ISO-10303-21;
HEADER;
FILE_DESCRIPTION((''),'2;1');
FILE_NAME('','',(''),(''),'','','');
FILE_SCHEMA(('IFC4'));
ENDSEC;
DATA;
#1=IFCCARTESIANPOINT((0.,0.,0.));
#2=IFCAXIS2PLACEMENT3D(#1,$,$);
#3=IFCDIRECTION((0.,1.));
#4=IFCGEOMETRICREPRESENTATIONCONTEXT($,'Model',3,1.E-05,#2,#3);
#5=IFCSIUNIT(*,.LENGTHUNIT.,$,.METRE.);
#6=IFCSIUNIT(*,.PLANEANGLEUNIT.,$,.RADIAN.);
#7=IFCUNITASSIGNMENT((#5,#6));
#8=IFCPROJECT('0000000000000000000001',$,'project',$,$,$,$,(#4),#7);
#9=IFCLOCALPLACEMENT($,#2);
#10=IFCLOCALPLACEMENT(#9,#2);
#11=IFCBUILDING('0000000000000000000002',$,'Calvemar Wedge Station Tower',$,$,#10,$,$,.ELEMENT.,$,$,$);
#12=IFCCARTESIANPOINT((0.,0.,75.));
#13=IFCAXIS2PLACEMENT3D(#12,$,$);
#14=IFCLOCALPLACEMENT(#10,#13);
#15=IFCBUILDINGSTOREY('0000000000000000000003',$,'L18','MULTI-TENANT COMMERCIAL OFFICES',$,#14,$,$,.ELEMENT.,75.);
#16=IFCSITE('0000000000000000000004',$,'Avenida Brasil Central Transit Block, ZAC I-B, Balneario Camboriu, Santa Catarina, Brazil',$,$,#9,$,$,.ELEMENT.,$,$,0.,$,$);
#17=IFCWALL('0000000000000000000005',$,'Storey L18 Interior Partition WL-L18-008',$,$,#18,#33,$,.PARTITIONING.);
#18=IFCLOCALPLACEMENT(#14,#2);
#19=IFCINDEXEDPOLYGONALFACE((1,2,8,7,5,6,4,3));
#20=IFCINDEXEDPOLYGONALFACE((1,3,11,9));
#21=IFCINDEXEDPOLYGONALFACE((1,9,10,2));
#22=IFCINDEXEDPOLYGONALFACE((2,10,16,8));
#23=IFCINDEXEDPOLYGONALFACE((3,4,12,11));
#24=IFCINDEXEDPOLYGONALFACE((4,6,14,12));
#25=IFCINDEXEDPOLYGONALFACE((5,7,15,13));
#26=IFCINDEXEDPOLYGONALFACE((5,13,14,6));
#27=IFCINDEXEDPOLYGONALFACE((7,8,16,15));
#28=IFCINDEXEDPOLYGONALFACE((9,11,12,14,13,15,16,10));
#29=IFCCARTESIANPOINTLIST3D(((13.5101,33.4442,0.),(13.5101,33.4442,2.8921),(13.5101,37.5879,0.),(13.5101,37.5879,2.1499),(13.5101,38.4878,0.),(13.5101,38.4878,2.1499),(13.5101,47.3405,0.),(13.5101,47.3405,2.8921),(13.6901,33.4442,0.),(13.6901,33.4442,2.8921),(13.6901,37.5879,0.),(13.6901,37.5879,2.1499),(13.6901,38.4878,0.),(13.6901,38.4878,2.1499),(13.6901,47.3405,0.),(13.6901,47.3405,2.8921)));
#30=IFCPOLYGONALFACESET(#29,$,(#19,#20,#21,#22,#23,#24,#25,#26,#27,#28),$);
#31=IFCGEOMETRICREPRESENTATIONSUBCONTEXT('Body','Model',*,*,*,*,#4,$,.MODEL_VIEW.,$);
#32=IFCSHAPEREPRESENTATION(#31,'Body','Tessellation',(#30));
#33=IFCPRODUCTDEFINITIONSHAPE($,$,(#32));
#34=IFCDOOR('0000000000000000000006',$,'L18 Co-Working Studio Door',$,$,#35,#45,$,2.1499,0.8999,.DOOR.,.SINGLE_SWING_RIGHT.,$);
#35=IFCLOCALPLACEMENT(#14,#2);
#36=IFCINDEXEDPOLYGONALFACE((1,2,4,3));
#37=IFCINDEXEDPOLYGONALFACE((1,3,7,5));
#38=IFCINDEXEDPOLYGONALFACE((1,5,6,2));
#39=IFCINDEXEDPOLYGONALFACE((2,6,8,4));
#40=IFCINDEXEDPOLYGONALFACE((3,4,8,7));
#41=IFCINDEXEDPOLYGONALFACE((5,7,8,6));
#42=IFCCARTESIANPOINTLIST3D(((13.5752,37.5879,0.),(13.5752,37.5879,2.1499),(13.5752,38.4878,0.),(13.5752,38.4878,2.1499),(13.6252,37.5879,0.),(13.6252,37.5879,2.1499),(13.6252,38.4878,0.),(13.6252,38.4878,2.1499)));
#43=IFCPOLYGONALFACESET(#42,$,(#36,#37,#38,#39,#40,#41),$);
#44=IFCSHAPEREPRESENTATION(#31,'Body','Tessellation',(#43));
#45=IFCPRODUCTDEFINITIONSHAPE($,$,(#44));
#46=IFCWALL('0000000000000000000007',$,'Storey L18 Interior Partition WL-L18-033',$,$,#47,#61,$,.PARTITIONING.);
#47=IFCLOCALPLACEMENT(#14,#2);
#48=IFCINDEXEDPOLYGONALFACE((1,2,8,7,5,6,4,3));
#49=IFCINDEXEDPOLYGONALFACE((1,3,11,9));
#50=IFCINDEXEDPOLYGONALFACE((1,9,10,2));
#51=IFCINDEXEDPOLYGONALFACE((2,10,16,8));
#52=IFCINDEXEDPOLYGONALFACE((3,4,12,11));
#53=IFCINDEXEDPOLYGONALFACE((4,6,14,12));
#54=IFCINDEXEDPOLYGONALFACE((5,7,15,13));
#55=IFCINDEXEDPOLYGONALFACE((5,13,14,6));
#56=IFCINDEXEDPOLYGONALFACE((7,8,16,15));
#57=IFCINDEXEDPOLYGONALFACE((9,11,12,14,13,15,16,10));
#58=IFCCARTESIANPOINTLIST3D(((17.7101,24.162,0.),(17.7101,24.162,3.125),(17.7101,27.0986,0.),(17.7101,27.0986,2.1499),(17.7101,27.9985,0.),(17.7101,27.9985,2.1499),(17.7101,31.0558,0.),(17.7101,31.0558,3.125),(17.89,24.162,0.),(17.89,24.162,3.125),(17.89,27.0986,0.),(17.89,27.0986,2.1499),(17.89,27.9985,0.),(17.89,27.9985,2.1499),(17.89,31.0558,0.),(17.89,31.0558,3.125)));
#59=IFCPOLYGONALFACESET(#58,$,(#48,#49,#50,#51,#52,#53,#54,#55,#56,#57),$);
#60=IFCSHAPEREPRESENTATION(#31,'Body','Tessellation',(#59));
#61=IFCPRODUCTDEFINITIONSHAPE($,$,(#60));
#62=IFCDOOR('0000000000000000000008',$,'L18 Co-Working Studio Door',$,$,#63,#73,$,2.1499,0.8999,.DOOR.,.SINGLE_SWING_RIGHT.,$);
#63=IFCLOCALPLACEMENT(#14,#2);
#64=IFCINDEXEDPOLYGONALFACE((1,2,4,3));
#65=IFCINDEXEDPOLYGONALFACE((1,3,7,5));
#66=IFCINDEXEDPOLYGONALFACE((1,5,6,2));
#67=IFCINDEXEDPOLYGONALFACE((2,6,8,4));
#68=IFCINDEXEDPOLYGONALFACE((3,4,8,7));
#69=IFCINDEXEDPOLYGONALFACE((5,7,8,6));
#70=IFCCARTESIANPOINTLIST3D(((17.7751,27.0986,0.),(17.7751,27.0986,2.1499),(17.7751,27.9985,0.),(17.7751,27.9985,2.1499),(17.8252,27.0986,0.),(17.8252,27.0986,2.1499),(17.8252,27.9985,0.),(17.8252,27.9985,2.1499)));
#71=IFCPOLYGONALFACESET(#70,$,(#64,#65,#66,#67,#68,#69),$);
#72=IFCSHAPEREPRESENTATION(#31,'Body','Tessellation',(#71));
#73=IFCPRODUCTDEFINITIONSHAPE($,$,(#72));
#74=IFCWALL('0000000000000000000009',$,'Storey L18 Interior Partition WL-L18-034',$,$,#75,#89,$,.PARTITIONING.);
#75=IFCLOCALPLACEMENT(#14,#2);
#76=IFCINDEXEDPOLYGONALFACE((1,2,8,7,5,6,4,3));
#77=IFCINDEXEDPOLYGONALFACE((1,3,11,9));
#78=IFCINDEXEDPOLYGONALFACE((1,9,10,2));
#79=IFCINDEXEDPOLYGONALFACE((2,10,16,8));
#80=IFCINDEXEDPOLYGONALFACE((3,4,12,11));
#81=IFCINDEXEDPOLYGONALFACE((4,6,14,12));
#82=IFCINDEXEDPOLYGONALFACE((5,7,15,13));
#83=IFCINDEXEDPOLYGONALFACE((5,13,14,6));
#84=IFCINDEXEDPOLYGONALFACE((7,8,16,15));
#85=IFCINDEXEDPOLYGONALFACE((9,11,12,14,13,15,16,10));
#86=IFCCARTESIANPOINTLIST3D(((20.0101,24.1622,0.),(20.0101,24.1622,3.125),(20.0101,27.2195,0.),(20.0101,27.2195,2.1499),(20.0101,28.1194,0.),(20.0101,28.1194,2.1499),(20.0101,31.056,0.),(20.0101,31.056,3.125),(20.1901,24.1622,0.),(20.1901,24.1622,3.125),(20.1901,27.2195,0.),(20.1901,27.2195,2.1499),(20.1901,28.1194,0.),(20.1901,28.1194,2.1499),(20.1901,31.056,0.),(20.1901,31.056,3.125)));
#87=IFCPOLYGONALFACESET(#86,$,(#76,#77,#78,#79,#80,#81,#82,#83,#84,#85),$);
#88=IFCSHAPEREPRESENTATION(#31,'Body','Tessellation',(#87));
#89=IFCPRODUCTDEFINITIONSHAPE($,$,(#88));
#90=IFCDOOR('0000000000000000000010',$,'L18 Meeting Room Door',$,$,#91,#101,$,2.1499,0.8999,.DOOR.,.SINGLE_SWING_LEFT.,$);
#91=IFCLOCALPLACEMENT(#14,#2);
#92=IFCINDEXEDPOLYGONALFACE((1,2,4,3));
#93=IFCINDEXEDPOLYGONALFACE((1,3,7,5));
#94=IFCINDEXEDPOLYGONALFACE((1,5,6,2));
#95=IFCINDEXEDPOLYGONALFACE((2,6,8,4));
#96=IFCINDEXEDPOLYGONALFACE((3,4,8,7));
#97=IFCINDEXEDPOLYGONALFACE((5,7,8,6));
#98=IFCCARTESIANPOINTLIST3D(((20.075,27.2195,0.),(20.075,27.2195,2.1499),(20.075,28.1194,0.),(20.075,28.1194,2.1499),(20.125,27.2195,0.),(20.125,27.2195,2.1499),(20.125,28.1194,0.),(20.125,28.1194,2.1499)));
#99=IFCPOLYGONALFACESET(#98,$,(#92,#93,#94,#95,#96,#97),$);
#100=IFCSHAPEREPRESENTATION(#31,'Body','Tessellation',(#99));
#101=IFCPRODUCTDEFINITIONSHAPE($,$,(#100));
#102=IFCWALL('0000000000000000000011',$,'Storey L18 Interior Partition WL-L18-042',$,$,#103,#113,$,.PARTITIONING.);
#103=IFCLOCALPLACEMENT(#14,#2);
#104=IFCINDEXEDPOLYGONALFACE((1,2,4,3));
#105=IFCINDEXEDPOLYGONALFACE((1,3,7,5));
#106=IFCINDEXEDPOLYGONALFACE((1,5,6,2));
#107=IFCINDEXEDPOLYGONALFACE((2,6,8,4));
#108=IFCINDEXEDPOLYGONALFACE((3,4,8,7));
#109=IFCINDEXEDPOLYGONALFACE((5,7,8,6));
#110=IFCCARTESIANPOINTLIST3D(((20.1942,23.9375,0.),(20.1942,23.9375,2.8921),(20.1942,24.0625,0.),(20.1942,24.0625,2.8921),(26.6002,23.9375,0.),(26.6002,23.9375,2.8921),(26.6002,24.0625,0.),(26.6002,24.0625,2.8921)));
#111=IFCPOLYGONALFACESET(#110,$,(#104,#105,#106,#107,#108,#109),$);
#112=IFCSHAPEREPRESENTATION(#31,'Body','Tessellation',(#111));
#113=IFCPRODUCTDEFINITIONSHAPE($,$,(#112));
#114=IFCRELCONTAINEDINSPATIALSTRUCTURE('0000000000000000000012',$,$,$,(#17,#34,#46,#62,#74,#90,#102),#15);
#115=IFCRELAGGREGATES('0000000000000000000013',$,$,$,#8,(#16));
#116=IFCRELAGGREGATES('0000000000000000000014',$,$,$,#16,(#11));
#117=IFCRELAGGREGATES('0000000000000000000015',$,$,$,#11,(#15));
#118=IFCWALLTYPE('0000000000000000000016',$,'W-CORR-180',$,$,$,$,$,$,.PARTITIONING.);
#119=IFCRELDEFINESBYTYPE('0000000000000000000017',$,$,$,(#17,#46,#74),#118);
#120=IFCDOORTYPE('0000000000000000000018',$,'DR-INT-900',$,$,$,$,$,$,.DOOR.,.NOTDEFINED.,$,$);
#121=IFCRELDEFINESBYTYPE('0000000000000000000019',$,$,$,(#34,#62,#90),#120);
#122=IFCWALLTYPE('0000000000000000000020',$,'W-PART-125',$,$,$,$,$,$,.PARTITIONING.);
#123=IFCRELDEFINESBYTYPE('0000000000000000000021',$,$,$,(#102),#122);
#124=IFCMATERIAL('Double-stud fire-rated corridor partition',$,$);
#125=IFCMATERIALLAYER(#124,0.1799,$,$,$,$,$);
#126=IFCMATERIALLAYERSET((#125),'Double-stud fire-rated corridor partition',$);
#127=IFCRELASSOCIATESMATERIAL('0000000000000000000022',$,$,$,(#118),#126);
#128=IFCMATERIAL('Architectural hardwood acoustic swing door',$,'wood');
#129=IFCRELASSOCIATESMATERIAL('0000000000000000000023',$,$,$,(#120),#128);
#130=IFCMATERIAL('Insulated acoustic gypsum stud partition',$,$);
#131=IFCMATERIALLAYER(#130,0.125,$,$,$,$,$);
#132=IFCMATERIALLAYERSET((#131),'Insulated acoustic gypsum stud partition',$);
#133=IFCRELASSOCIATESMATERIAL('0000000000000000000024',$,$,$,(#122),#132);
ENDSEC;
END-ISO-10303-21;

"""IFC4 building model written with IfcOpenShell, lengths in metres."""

from ifc_helpers import new_model, si_unit, direction, frame, frame_2d, origin, place, context, subcontext, project, spatial, rectangle, extrude, source, transform, mapped, material, layer, layer_set, type_object, element, fill, save


model = new_model("IFC4")

# Units and contexts
model_context = context("Model", 3, precision=1e-05, world=origin(), true_north=direction((0.0, 1.0)))
body_context = subcontext(model_context, "Body", "Model", "MODEL_VIEW")
ifc_project = project(units=[si_unit("LENGTHUNIT", "METRE"), si_unit("PLANEANGLEUNIT", "RADIAN")], contexts=[model_context])

# Site, building, storey
site_placement = place(None, origin())
site = spatial("IfcSite", under=ifc_project, at=site_placement, Name="Avenida Brasil Central Transit Block, ZAC I-B, Balneario Camboriu, Santa Catarina, Brazil", CompositionType="ELEMENT", RefElevation=0.0)
building_placement = place(site_placement, origin())
building = spatial("IfcBuilding", under=site, at=building_placement, Name="Calvemar Wedge Station Tower", CompositionType="ELEMENT")
storey_placement = place(building_placement, frame((0.0, 0.0, 75.0)))
storey = spatial("IfcBuildingStorey", under=building, at=storey_placement, Name="L18", Description="MULTI-TENANT COMMERCIAL OFFICES", CompositionType="ELEMENT", Elevation=75.0)

# Shared definitions
ifc_material_1 = material(Name="Double-stud fire-rated corridor partition")
ifc_layer_1 = layer(ifc_material_1, 0.1799)
ifc_layer_set_1 = layer_set([ifc_layer_1], Name="Double-stud fire-rated corridor partition")
wall_type_1 = type_object("IfcWallType", Name="W-CORR-180", PredefinedType="PARTITIONING", material=ifc_layer_set_1)

# Walls, openings, doors
wall_1_placement = place(storey_placement, frame((13.6001, 33.4441, 0.0), z_axis=(0.0, 0.0, 1.0), x_axis=(0.0, 1.0, 0.0)))
wall_1 = element("IfcWall", 1, at=wall_1_placement, inside=storey, type_object=wall_type_1, Name="Storey L18 Interior Partition WL-L18-008", PredefinedType="PARTITIONING", context=body_context, shape_type="SweptSolid", body=[
    extrude(rectangle(XDim=13.8962, YDim=0.1799, at=frame_2d((6.9482, 0.0))), origin(), (0.0, 0.0, 1.0), 2.8921),
])
shared_shape_1 = source(origin(), body_context, "Body", "SweptSolid", [
    extrude(rectangle(XDim=0.8999, YDim=2.1499, at=frame_2d((0.45, 1.075))), frame((0.0, 0.1001, 0.0), z_axis=(0.0, -1.0, 0.0), x_axis=(1.0, 0.0, 0.0)), (0.0, 0.0, 1.0), 0.2),
])
opening_1_placement = place(wall_1_placement, frame((4.1438, 0.0, 0.0)))
opening_1 = element("IfcOpeningElement", 2, at=opening_1_placement, cuts=wall_1, PredefinedType="OPENING", context=body_context, shape_type="MappedRepresentation", body=[
    mapped(shared_shape_1, transform((0.0, 0.0, 0.0), scale=1.0)),
])
ifc_material_2 = material(Name="Architectural hardwood acoustic swing door", Category="wood")
door_type = type_object("IfcDoorType", Name="DR-INT-900", OperationType="NOTDEFINED", PredefinedType="DOOR", material=ifc_material_2)
shared_shape_2 = source(origin(), body_context, "Body", "SweptSolid", [
    extrude(rectangle(XDim=0.8999, YDim=2.1499, at=frame_2d((0.45, 1.075))), frame((0.0, 0.0249, 0.0), z_axis=(0.0, -1.0, 0.0), x_axis=(1.0, 0.0, 0.0)), (0.0, 0.0, 1.0), 0.05),
])
door_1_placement = place(opening_1_placement, origin())
door_1 = element("IfcDoor", 3, at=door_1_placement, inside=storey, type_object=door_type, Name="L18 Co-Working Studio Door", OperationType="SINGLE_SWING_RIGHT", OverallHeight=2.1499, OverallWidth=0.8999, PredefinedType="DOOR", context=body_context, shape_type="MappedRepresentation", body=[
    mapped(shared_shape_2, transform((0.0, 0.0, 0.0), scale=1.0)),
])
fill(opening_1, door_1)
wall_2_placement = place(storey_placement, frame((17.8, 24.1621, 0.0), z_axis=(0.0, 0.0, 1.0), x_axis=(0.0, 1.0, 0.0)))
wall_2 = element("IfcWall", 4, at=wall_2_placement, inside=storey, type_object=wall_type_1, Name="Storey L18 Interior Partition WL-L18-033", PredefinedType="PARTITIONING", context=body_context, shape_type="SweptSolid", body=[
    extrude(rectangle(XDim=6.8938, YDim=0.1799, at=frame_2d((3.4468, 0.0))), origin(), (0.0, 0.0, 1.0), 3.125),
])
opening_2_placement = place(wall_2_placement, frame((2.9365, 0.0, 0.0)))
opening_2 = element("IfcOpeningElement", 5, at=opening_2_placement, cuts=wall_2, PredefinedType="OPENING", context=body_context, shape_type="MappedRepresentation", body=[
    mapped(shared_shape_1, transform((0.0, 0.0, 0.0), scale=1.0)),
])
door_2_placement = place(opening_2_placement, origin())
door_2 = element("IfcDoor", 6, at=door_2_placement, inside=storey, type_object=door_type, Name="L18 Co-Working Studio Door", OperationType="SINGLE_SWING_RIGHT", OverallHeight=2.1499, OverallWidth=0.8999, PredefinedType="DOOR", context=body_context, shape_type="MappedRepresentation", body=[
    mapped(shared_shape_2, transform((0.0, 0.0, 0.0), scale=1.0)),
])
fill(opening_2, door_2)
wall_3_placement = place(storey_placement, frame((20.1001, 31.0559, 0.0), z_axis=(0.0, 0.0, 1.0), x_axis=(0.0, -1.0, 0.0)))
wall_3 = element("IfcWall", 7, at=wall_3_placement, inside=storey, type_object=wall_type_1, Name="Storey L18 Interior Partition WL-L18-034", PredefinedType="PARTITIONING", context=body_context, shape_type="SweptSolid", body=[
    extrude(rectangle(XDim=6.8938, YDim=0.1799, at=frame_2d((3.4468, 0.0))), origin(), (0.0, 0.0, 1.0), 3.125),
])
opening_3_placement = place(wall_3_placement, frame((2.9365, 0.0, 0.0)))
opening_3 = element("IfcOpeningElement", 8, at=opening_3_placement, cuts=wall_3, PredefinedType="OPENING", context=body_context, shape_type="MappedRepresentation", body=[
    mapped(shared_shape_1, transform((0.0, 0.0, 0.0), scale=1.0)),
])
door_3_placement = place(opening_3_placement, origin())
door_3 = element("IfcDoor", 9, at=door_3_placement, inside=storey, type_object=door_type, Name="L18 Meeting Room Door", OperationType="SINGLE_SWING_LEFT", OverallHeight=2.1499, OverallWidth=0.8999, PredefinedType="DOOR", context=body_context, shape_type="MappedRepresentation", body=[
    mapped(shared_shape_2, transform((0.0, 0.0, 0.0), scale=1.0)),
])
fill(opening_3, door_3)

# Wall
ifc_material_3 = material(Name="Insulated acoustic gypsum stud partition")
ifc_layer_2 = layer(ifc_material_3, 0.125)
ifc_layer_set_2 = layer_set([ifc_layer_2], Name="Insulated acoustic gypsum stud partition")
wall_type_2 = type_object("IfcWallType", Name="W-PART-125", PredefinedType="PARTITIONING", material=ifc_layer_set_2)
wall_4_placement = place(storey_placement, frame((20.1941, 24.0, 0.0), z_axis=(0.0, 0.0, 1.0), x_axis=(1.0, 0.0, 0.0)))
element("IfcWall", 10, at=wall_4_placement, inside=storey, type_object=wall_type_2, Name="Storey L18 Interior Partition WL-L18-042", PredefinedType="PARTITIONING", context=body_context, shape_type="SweptSolid", body=[
    extrude(rectangle(XDim=6.406, YDim=0.125, at=frame_2d((3.2031, 0.0))), origin(), (0.0, 0.0, 1.0), 2.8921),
])

save(model, "model.ifc")
